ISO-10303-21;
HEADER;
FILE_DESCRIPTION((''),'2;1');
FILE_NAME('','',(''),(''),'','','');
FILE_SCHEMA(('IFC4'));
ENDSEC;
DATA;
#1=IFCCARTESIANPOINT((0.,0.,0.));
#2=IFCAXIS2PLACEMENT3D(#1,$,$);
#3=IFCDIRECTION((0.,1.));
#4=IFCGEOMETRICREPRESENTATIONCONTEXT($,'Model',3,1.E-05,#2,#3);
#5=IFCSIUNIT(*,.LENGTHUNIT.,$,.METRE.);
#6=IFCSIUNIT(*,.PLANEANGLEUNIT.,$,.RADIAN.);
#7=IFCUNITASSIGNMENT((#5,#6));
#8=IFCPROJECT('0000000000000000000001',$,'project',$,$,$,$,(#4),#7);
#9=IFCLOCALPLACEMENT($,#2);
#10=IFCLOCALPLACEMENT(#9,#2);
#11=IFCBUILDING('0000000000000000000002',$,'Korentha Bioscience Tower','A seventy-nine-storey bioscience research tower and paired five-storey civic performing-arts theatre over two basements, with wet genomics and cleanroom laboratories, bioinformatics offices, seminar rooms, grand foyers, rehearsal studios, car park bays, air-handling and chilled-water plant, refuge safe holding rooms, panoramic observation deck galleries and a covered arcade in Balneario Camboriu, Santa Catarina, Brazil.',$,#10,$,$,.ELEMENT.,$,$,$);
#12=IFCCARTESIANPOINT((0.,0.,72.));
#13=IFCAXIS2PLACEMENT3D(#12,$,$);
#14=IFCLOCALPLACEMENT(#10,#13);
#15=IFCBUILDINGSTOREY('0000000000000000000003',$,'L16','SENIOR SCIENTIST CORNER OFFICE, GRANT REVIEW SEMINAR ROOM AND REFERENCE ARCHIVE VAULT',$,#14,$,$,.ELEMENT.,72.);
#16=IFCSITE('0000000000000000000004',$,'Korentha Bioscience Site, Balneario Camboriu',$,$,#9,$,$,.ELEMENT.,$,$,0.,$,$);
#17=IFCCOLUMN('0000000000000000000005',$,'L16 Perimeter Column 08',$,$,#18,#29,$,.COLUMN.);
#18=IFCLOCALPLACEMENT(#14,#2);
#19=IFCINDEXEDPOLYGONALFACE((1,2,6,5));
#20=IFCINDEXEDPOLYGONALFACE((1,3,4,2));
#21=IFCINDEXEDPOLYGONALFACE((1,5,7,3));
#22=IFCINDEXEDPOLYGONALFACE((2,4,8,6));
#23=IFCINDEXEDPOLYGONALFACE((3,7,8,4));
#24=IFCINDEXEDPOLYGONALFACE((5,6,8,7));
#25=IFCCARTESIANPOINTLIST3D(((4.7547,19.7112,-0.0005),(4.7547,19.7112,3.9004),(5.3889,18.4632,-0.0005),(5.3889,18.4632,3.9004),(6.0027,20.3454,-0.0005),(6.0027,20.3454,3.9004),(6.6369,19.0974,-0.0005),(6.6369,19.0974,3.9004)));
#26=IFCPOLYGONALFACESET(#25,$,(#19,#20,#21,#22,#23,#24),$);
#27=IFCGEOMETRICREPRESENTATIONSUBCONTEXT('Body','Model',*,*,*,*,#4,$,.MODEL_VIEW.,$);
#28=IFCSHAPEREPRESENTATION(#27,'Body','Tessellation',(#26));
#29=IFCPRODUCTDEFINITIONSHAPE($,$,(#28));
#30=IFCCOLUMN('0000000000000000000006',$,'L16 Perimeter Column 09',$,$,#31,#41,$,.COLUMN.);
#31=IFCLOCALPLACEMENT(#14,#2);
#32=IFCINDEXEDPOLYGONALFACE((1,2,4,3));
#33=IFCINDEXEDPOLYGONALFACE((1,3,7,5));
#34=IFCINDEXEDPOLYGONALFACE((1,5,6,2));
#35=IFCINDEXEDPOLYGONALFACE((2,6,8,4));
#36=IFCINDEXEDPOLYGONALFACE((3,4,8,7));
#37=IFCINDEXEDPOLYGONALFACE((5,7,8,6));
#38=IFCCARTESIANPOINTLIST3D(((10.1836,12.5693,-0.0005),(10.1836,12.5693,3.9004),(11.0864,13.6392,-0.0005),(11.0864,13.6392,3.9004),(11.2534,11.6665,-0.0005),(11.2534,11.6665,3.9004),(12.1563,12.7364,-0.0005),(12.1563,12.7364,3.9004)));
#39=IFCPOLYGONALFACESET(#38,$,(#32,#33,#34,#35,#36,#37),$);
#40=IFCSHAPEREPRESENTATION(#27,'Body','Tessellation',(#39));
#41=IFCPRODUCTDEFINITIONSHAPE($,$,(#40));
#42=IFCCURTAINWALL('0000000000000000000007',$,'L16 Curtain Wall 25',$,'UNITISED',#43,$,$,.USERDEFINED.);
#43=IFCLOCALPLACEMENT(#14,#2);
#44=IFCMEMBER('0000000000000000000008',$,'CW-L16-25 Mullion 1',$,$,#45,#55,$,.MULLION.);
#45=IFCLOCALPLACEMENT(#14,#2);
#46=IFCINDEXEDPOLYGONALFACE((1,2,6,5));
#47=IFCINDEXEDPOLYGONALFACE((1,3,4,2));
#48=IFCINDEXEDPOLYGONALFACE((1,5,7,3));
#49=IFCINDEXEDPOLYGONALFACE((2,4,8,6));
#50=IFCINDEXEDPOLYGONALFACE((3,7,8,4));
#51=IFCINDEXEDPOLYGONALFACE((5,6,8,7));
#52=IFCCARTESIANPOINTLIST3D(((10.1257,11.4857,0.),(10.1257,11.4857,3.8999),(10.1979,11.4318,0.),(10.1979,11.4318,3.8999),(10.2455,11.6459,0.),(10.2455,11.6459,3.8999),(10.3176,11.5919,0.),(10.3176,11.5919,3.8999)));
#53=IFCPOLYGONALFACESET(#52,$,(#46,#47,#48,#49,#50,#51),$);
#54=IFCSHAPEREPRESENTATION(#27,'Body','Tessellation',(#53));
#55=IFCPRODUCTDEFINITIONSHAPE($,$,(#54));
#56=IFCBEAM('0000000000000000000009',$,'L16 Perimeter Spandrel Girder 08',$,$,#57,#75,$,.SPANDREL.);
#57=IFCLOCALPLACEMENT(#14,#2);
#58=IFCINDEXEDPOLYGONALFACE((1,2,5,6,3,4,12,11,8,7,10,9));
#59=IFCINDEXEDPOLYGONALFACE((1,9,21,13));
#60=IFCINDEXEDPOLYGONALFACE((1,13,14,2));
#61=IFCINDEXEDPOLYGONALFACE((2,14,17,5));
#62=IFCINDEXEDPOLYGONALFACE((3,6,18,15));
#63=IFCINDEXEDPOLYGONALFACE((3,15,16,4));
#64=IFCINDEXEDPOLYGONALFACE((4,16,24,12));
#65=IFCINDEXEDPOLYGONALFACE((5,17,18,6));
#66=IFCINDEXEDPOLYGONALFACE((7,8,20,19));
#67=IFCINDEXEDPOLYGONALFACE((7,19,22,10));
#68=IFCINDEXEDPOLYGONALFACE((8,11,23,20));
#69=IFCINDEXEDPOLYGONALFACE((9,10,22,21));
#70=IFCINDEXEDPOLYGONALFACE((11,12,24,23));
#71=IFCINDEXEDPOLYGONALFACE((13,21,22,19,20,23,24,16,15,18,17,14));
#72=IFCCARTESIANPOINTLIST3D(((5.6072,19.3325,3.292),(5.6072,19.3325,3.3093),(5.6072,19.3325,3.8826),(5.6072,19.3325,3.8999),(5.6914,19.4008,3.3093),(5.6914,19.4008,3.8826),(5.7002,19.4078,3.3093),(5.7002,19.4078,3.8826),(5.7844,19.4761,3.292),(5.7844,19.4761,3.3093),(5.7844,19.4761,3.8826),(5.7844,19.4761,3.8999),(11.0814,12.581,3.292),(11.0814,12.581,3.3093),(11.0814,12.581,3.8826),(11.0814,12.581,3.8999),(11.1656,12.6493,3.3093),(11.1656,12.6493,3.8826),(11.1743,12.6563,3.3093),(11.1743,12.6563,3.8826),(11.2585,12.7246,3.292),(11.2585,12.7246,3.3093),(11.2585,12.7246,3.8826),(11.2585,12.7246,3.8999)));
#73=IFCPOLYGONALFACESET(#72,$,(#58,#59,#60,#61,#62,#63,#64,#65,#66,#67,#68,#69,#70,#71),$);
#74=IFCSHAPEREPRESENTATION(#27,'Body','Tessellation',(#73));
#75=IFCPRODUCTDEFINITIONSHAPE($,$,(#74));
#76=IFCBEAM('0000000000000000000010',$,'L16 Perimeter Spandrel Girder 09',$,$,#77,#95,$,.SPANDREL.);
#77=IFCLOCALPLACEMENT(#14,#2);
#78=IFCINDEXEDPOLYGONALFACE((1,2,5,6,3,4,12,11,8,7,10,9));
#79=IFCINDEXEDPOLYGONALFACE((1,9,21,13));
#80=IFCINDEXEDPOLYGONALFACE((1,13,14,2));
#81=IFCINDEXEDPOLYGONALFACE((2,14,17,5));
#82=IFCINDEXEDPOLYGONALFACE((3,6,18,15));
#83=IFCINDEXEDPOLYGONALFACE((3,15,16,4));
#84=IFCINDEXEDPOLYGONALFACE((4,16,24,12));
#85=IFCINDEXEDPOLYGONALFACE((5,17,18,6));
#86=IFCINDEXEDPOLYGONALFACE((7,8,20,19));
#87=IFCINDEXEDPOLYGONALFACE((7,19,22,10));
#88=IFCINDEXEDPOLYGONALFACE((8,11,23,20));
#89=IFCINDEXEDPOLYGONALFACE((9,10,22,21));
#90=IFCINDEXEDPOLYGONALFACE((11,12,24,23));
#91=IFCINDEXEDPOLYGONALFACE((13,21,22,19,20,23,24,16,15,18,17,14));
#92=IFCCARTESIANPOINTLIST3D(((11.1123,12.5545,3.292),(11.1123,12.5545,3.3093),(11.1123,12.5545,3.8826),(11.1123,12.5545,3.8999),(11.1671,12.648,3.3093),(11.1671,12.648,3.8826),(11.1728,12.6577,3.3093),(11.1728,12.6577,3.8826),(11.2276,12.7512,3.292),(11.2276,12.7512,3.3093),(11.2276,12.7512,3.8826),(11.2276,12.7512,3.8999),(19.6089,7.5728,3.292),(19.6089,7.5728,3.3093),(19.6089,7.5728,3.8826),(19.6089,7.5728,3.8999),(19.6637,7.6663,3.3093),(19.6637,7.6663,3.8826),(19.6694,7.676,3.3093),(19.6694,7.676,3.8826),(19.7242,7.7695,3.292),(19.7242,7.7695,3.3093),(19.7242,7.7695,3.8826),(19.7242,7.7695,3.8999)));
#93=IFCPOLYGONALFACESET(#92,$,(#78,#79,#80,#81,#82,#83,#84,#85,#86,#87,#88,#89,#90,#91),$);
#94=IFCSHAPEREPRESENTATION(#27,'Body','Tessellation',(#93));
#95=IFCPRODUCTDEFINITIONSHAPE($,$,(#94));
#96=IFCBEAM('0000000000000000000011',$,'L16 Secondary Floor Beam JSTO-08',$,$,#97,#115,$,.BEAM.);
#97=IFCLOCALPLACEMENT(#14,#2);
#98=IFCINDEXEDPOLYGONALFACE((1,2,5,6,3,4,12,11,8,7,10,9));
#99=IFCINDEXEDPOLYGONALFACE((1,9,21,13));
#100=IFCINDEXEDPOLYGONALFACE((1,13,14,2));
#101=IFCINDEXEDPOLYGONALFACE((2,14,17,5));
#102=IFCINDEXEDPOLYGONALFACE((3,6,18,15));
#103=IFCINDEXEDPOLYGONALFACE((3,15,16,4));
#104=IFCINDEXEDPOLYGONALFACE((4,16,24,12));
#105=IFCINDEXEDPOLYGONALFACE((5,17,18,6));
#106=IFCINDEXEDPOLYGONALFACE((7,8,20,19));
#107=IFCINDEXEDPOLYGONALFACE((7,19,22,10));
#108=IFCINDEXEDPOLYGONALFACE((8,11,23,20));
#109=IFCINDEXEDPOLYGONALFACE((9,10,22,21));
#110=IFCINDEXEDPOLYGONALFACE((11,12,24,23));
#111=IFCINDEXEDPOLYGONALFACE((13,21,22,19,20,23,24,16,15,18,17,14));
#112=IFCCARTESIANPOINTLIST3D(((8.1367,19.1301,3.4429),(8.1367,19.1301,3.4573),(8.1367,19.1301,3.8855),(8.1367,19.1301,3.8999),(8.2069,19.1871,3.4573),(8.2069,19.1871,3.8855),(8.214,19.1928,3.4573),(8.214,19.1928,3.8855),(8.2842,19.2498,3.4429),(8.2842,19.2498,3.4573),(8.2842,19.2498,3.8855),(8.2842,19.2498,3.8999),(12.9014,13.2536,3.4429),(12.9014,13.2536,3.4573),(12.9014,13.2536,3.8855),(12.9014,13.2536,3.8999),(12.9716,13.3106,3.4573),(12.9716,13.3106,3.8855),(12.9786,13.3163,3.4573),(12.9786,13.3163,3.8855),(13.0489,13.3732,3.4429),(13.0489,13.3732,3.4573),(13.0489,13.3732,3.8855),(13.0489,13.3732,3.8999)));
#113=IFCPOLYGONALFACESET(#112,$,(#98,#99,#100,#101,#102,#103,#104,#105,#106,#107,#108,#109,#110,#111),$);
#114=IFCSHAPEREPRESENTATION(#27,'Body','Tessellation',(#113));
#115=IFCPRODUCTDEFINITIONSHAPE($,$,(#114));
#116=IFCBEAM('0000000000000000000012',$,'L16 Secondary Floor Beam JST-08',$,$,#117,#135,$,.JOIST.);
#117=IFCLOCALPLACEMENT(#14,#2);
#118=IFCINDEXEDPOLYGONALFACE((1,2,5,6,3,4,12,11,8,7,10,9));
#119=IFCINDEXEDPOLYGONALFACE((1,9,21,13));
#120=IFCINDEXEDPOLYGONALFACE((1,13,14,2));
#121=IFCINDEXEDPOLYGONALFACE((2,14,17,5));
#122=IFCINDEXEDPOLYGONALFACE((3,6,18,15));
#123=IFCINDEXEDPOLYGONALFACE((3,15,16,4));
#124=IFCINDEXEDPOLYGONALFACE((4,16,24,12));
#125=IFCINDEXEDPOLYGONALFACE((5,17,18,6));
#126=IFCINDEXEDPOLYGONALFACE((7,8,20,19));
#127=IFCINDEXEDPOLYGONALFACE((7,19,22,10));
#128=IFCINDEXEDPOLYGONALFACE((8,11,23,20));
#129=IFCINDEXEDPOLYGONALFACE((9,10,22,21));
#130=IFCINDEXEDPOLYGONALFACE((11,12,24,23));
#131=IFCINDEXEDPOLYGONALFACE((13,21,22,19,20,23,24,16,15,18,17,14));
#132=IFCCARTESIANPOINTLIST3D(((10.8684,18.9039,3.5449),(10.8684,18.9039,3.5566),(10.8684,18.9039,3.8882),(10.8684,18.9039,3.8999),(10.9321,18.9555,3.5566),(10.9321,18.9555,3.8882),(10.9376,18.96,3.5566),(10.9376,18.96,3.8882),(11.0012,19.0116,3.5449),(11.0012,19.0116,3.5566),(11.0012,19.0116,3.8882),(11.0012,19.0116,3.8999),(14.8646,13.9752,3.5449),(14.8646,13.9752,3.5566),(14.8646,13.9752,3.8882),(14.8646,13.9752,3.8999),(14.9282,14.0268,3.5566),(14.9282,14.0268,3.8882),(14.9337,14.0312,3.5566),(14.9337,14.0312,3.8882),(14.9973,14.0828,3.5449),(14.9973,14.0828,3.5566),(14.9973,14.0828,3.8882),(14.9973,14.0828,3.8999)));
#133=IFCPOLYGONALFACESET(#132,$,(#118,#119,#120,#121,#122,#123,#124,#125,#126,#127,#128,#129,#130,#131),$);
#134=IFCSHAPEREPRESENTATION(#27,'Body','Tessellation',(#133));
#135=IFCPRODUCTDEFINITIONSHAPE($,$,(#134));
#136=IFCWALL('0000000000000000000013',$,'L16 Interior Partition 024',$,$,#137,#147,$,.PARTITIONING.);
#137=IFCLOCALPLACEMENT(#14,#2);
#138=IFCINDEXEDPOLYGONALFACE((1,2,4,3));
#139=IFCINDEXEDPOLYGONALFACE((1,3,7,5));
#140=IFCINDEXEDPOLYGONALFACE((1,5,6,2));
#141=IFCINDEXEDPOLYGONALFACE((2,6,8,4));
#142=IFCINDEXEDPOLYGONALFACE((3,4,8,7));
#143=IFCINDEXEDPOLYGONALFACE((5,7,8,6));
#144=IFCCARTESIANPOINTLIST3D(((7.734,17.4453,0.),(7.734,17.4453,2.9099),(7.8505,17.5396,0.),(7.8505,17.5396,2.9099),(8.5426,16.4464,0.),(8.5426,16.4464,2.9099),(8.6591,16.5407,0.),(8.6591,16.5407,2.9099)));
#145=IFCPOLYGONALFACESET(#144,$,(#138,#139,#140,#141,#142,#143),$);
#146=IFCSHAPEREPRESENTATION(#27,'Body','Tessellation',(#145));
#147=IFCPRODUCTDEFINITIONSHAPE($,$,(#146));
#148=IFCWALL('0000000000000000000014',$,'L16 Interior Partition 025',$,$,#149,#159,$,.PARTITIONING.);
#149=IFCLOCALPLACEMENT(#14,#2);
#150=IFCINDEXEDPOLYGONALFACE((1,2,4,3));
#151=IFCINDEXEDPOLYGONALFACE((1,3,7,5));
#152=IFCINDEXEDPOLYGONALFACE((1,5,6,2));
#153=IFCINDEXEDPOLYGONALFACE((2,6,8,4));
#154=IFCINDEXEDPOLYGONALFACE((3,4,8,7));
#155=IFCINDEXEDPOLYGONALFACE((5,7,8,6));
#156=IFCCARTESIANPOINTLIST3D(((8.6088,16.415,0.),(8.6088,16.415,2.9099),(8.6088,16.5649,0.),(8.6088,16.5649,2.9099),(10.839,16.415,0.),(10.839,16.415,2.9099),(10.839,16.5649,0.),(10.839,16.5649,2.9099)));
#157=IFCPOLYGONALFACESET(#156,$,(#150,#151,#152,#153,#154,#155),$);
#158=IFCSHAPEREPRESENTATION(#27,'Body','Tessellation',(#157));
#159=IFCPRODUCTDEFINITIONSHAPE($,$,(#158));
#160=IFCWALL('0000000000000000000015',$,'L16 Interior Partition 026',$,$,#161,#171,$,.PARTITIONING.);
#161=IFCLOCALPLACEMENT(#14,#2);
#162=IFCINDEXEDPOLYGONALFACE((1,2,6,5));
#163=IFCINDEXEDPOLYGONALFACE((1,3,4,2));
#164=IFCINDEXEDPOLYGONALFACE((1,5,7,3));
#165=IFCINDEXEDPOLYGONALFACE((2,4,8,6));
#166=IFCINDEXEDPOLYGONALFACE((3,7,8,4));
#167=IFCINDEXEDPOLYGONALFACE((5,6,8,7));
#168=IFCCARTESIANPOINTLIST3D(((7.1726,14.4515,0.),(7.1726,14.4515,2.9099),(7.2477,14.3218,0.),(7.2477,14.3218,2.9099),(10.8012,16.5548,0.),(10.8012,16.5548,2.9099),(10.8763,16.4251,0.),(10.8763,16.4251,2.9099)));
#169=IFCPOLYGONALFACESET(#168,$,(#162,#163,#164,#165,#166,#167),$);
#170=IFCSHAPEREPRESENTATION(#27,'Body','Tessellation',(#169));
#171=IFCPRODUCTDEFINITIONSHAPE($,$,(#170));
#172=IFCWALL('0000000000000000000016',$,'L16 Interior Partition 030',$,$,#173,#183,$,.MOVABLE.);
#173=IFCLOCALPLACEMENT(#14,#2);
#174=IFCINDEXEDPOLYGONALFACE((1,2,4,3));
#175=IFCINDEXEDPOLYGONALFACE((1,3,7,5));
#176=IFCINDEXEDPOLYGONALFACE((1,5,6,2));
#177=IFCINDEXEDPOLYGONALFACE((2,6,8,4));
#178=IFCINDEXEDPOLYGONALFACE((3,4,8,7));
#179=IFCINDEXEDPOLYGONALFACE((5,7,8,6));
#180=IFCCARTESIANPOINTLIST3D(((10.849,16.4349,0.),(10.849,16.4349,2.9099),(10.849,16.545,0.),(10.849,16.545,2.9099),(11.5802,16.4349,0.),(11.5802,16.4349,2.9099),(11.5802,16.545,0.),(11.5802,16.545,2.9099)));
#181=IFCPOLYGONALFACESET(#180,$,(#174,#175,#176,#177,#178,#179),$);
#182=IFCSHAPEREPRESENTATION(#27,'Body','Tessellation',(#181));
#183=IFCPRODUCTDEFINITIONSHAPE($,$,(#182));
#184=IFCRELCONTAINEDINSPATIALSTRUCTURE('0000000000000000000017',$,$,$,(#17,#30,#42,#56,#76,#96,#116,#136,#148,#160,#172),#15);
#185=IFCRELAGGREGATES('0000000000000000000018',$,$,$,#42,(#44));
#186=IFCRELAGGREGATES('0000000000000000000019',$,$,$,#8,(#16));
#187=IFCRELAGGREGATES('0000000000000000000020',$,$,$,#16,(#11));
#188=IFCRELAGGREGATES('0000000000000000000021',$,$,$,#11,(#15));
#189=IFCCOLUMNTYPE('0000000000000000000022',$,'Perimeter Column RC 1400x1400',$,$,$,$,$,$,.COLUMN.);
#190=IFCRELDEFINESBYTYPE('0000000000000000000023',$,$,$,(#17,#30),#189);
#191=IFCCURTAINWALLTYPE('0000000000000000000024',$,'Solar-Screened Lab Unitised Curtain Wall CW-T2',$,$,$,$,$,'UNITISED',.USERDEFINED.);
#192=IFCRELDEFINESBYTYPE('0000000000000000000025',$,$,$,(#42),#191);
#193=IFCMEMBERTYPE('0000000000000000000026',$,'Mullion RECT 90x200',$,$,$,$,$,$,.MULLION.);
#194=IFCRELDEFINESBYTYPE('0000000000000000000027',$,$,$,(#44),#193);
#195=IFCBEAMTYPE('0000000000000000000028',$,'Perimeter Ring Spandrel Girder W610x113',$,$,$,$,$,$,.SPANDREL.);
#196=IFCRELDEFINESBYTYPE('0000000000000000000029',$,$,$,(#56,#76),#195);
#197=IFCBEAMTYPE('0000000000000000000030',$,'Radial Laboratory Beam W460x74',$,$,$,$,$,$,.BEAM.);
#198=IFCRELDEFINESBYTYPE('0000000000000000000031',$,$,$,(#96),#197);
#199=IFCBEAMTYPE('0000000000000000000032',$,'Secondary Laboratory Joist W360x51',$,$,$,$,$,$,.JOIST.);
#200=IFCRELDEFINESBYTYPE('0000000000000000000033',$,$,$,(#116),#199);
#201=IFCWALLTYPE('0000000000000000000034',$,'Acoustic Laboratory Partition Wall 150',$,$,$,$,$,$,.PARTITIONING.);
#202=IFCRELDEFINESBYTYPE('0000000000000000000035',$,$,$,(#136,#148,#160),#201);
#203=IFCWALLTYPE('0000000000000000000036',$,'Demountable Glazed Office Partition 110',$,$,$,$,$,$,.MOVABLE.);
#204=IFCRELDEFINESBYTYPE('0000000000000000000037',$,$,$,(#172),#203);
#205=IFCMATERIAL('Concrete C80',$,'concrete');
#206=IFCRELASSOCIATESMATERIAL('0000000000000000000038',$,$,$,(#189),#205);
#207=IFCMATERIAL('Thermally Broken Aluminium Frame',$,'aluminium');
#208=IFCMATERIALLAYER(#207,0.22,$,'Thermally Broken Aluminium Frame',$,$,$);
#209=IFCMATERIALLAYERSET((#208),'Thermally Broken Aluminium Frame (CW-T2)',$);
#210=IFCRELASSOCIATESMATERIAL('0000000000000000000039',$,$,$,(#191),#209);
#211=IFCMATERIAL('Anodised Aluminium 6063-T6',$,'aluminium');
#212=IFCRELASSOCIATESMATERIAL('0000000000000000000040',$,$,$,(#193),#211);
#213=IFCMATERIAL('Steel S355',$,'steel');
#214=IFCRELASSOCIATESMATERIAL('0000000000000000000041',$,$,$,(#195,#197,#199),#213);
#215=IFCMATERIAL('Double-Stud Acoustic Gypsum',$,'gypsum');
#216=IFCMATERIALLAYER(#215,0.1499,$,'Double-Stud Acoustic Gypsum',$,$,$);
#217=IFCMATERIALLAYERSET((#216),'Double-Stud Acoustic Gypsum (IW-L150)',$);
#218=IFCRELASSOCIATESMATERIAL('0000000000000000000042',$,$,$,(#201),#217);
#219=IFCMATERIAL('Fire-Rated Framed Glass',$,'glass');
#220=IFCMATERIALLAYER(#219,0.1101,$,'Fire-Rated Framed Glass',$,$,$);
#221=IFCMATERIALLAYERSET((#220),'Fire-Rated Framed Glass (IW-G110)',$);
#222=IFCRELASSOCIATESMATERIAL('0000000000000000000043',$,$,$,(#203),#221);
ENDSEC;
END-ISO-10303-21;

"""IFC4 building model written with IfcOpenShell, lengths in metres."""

from ifc_helpers import new_model, si_unit, direction, frame, frame_2d, origin, origin_2d, place, context, subcontext, project, spatial, rectangle, i_section, extrude, material, layer, layer_set, material_profile, profile_set, type_object, element, aggregate, save


model = new_model("IFC4")

# Units and contexts
model_context = context("Model", 3, precision=1e-05, world=origin(), true_north=direction((0.0, 1.0)))
body_context = subcontext(model_context, "Body", "Model", "MODEL_VIEW")
ifc_project = project(units=[si_unit("LENGTHUNIT", "METRE"), si_unit("PLANEANGLEUNIT", "RADIAN")], contexts=[model_context])

# Site, building, storey
site_placement = place(None, origin())
site = spatial("IfcSite", under=ifc_project, at=site_placement, Name="Korentha Bioscience Site, Balneario Camboriu", CompositionType="ELEMENT", RefElevation=0.0)
building_placement = place(site_placement, origin())
building = spatial("IfcBuilding", under=site, at=building_placement, Name="Korentha Bioscience Tower", Description="A seventy-nine-storey bioscience research tower and paired five-storey civic performing-arts theatre over two basements, with wet genomics and cleanroom laboratories, bioinformatics offices, seminar rooms, grand foyers, rehearsal studios, car park bays, air-handling and chilled-water plant, refuge safe holding rooms, panoramic observation deck galleries and a covered arcade in Balneario Camboriu, Santa Catarina, Brazil.", CompositionType="ELEMENT")
storey_placement = place(building_placement, frame((0.0, 0.0, 72.0)))
storey = spatial("IfcBuildingStorey", under=building, at=storey_placement, Name="L16", Description="SENIOR SCIENTIST CORNER OFFICE, GRANT REVIEW SEMINAR ROOM AND REFERENCE ARCHIVE VAULT", CompositionType="ELEMENT", Elevation=72.0)

# Columns
ifc_material_1 = material(Name="Concrete C80", Category="concrete")
ifc_material_profile_1 = material_profile(ifc_material_1, rectangle(XDim=1.3999, YDim=1.3999, at=origin_2d()), Name="Concrete C80")
ifc_profile_set_1 = profile_set([ifc_material_profile_1], Name="Concrete C80 (COL-P14)")
column_type = type_object("IfcColumnType", Name="Perimeter Column RC 1400x1400", PredefinedType="COLUMN", material=ifc_profile_set_1)
for number, where, z_axis, x_axis, name in (
    (1, (5.6958, 19.4043, -0.0005), (0.0, 0.0, 1.0), (-0.453057, 0.891481, 0.0), "L16 Perimeter Column 08"),
    (2, (11.1699, 12.6528, -0.0005), (0.0, 0.0, 1.0), (-0.764246, 0.644924, 0.0), "L16 Perimeter Column 09"),
):
    element("IfcColumn", number, at=place(storey_placement, frame(where, z_axis=z_axis, x_axis=x_axis)), inside=storey, type_object=column_type, Name=name, PredefinedType="COLUMN", context=body_context, shape_type="SweptSolid", body=[
        extrude(rectangle(XDim=1.3999, YDim=1.3999, at=origin_2d()), origin(), (0.0, 0.0, 1.0), 3.9009),
    ])

# Curtain wall, member
ifc_material_2 = material(Name="Thermally Broken Aluminium Frame", Category="aluminium")
ifc_layer_1 = layer(ifc_material_2, 0.22, Name="Thermally Broken Aluminium Frame")
ifc_layer_set_1 = layer_set([ifc_layer_1], Name="Thermally Broken Aluminium Frame (CW-T2)")
curtain_wall_type = type_object("IfcCurtainWallType", Name="Solar-Screened Lab Unitised Curtain Wall CW-T2", ElementType="UNITISED", PredefinedType="USERDEFINED", material=ifc_layer_set_1)
curtain_wall_placement = place(storey_placement, origin())
curtain_wall = element("IfcCurtainWall", 3, at=curtain_wall_placement, inside=storey, type_object=curtain_wall_type, Name="L16 Curtain Wall 25", ObjectType="UNITISED", PredefinedType="USERDEFINED")
ifc_material_3 = material(Name="Anodised Aluminium 6063-T6", Category="aluminium")
ifc_material_profile_2 = material_profile(ifc_material_3, rectangle(XDim=0.0901, YDim=0.2, at=origin_2d()), Name="Anodised Aluminium 6063-T6")
ifc_profile_set_2 = profile_set([ifc_material_profile_2], Name="Anodised Aluminium 6063-T6 (CW-MUL)")
member_type = type_object("IfcMemberType", Name="Mullion RECT 90x200", PredefinedType="MULLION", material=ifc_profile_set_2)
member_placement = place(storey_placement, frame((10.2217, 11.5388, 0.0), z_axis=(0.0, 0.0, 1.0), x_axis=(0.800798, -0.598935, 0.0)))
member = element("IfcMember", 4, at=member_placement, type_object=member_type, Name="CW-L16-25 Mullion 1", PredefinedType="MULLION", context=body_context, shape_type="SweptSolid", body=[
    extrude(rectangle(XDim=0.0901, YDim=0.2, at=origin_2d()), origin(), (0.0, 0.0, 1.0), 3.8999),
])
aggregate(curtain_wall, [member])

# Beams
ifc_material_4 = material(Name="Steel S355", Category="steel")
ifc_material_profile_3 = material_profile(ifc_material_4, i_section(OverallWidth=0.228, OverallDepth=0.6079, WebThickness=0.0112, FlangeThickness=0.0173, at=origin_2d()), Name="Steel S355")
ifc_profile_set_3 = profile_set([ifc_material_profile_3], Name="Steel S355 (SB-610)")
beam_type_1 = type_object("IfcBeamType", Name="Perimeter Ring Spandrel Girder W610x113", PredefinedType="SPANDREL", material=ifc_profile_set_3)
beam_1_placement = place(storey_placement, frame((5.6958, 19.4043, 3.5959), z_axis=(0.629799, -0.776758, 0.0), x_axis=(0.776758, 0.629799, 0.0)))
element("IfcBeam", 5, at=beam_1_placement, inside=storey, type_object=beam_type_1, Name="L16 Perimeter Spandrel Girder 08", PredefinedType="SPANDREL", context=body_context, shape_type="SweptSolid", body=[
    extrude(i_section(OverallWidth=0.228, OverallDepth=0.6079, WebThickness=0.0112, FlangeThickness=0.0173, at=origin_2d()), origin(), (0.0, 0.0, 1.0), 8.6919),
])
beam_2_placement = place(storey_placement, frame((11.1699, 12.6528, 3.5959), z_axis=(0.862657, -0.50579, 0.0), x_axis=(0.50579, 0.862657, 0.0)))
element("IfcBeam", 6, at=beam_2_placement, inside=storey, type_object=beam_type_1, Name="L16 Perimeter Spandrel Girder 09", PredefinedType="SPANDREL", context=body_context, shape_type="SweptSolid", body=[
    extrude(i_section(OverallWidth=0.228, OverallDepth=0.6079, WebThickness=0.0112, FlangeThickness=0.0173, at=origin_2d()), origin(), (0.0, 0.0, 1.0), 9.8494),
])
ifc_material_profile_4 = material_profile(ifc_material_4, i_section(OverallWidth=0.1899, OverallDepth=0.457, WebThickness=0.009, FlangeThickness=0.0144, at=origin_2d()), Name="Steel S355")
ifc_profile_set_4 = profile_set([ifc_material_profile_4], Name="Steel S355 (RB-460)")
beam_type_2 = type_object("IfcBeamType", Name="Radial Laboratory Beam W460x74", PredefinedType="BEAM", material=ifc_profile_set_4)
beam_3_placement = place(storey_placement, frame((8.2104, 19.1899, 3.6714), z_axis=(0.629798, -0.776759, 0.0), x_axis=(0.776759, 0.629798, 0.0)))
element("IfcBeam", 7, at=beam_3_placement, inside=storey, type_object=beam_type_2, Name="L16 Secondary Floor Beam JSTO-08", PredefinedType="BEAM", context=body_context, shape_type="SweptSolid", body=[
    extrude(i_section(OverallWidth=0.1899, OverallDepth=0.457, WebThickness=0.009, FlangeThickness=0.0144, at=origin_2d()), origin(), (0.0, 0.0, 1.0), 7.5654),
])
ifc_material_profile_5 = material_profile(ifc_material_4, i_section(OverallWidth=0.1709, OverallDepth=0.355, WebThickness=0.0071, FlangeThickness=0.0117, at=origin_2d()), Name="Steel S355")
ifc_profile_set_5 = profile_set([ifc_material_profile_5], Name="Steel S355 (JB-360)")
beam_type_3 = type_object("IfcBeamType", Name="Secondary Laboratory Joist W360x51", PredefinedType="JOIST", material=ifc_profile_set_5)
beam_4_placement = place(storey_placement, frame((10.9348, 18.9578, 3.7224), z_axis=(0.629787, -0.776768, 0.0), x_axis=(0.776768, 0.629787, 0.0)))
element("IfcBeam", 8, at=beam_4_placement, inside=storey, type_object=beam_type_3, Name="L16 Secondary Floor Beam JST-08", PredefinedType="JOIST", context=body_context, shape_type="SweptSolid", body=[
    extrude(i_section(OverallWidth=0.1709, OverallDepth=0.355, WebThickness=0.0071, FlangeThickness=0.0117, at=origin_2d()), origin(), (0.0, 0.0, 1.0), 6.3452),
])

# Walls
ifc_material_5 = material(Name="Double-Stud Acoustic Gypsum", Category="gypsum")
ifc_layer_2 = layer(ifc_material_5, 0.1499, Name="Double-Stud Acoustic Gypsum")
ifc_layer_set_2 = layer_set([ifc_layer_2], Name="Double-Stud Acoustic Gypsum (IW-L150)")
wall_type_1 = type_object("IfcWallType", Name="Acoustic Laboratory Partition Wall 150", PredefinedType="PARTITIONING", material=ifc_layer_set_2)
wall_1_placement = place(storey_placement, frame((7.7922, 17.4924, 0.0), z_axis=(0.0, 0.0, 1.0), x_axis=(0.629226, -0.777223, 0.0)))
element("IfcWall", 9, at=wall_1_placement, inside=storey, type_object=wall_type_1, Name="L16 Interior Partition 024", PredefinedType="PARTITIONING", context=body_context, shape_type="SweptSolid", body=[
    extrude(rectangle(XDim=1.2852, YDim=0.1499, at=frame_2d((0.6426, 0.0))), origin(), (0.0, 0.0, 1.0), 2.9099),
])
wall_2_placement = place(storey_placement, frame((8.6086, 16.49, 0.0), z_axis=(0.0, 0.0, 1.0), x_axis=(1.0, 0.0, 0.0)))
element("IfcWall", 10, at=wall_2_placement, inside=storey, type_object=wall_type_1, Name="L16 Interior Partition 025", PredefinedType="PARTITIONING", context=body_context, shape_type="SweptSolid", body=[
    extrude(rectangle(XDim=2.2302, YDim=0.1499, at=frame_2d((1.1152, 0.0))), origin(), (0.0, 0.0, 1.0), 2.9099),
])
wall_3_placement = place(storey_placement, frame((10.8389, 16.49, 0.0), z_axis=(0.0, 0.0, 1.0), x_axis=(-0.865171, -0.501477, 0.0)))
element("IfcWall", 11, at=wall_3_placement, inside=storey, type_object=wall_type_1, Name="L16 Interior Partition 026", PredefinedType="PARTITIONING", context=body_context, shape_type="SweptSolid", body=[
    extrude(rectangle(XDim=4.1941, YDim=0.1499, at=frame_2d((2.0972, 0.0))), origin(), (0.0, 0.0, 1.0), 2.9099),
])
ifc_material_6 = material(Name="Fire-Rated Framed Glass", Category="glass")
ifc_layer_3 = layer(ifc_material_6, 0.1101, Name="Fire-Rated Framed Glass")
ifc_layer_set_3 = layer_set([ifc_layer_3], Name="Fire-Rated Framed Glass (IW-G110)")
wall_type_2 = type_object("IfcWallType", Name="Demountable Glazed Office Partition 110", PredefinedType="MOVABLE", material=ifc_layer_set_3)
wall_4_placement = place(storey_placement, frame((10.8489, 16.49, 0.0), z_axis=(0.0, 0.0, 1.0), x_axis=(1.0, 0.0, 0.0)))
element("IfcWall", 12, at=wall_4_placement, inside=storey, type_object=wall_type_2, Name="L16 Interior Partition 030", PredefinedType="MOVABLE", context=body_context, shape_type="SweptSolid", body=[
    extrude(rectangle(XDim=0.7312, YDim=0.1101, at=frame_2d((0.3657, 0.0))), origin(), (0.0, 0.0, 1.0), 2.9099),
])

save(model, "model.ifc")
